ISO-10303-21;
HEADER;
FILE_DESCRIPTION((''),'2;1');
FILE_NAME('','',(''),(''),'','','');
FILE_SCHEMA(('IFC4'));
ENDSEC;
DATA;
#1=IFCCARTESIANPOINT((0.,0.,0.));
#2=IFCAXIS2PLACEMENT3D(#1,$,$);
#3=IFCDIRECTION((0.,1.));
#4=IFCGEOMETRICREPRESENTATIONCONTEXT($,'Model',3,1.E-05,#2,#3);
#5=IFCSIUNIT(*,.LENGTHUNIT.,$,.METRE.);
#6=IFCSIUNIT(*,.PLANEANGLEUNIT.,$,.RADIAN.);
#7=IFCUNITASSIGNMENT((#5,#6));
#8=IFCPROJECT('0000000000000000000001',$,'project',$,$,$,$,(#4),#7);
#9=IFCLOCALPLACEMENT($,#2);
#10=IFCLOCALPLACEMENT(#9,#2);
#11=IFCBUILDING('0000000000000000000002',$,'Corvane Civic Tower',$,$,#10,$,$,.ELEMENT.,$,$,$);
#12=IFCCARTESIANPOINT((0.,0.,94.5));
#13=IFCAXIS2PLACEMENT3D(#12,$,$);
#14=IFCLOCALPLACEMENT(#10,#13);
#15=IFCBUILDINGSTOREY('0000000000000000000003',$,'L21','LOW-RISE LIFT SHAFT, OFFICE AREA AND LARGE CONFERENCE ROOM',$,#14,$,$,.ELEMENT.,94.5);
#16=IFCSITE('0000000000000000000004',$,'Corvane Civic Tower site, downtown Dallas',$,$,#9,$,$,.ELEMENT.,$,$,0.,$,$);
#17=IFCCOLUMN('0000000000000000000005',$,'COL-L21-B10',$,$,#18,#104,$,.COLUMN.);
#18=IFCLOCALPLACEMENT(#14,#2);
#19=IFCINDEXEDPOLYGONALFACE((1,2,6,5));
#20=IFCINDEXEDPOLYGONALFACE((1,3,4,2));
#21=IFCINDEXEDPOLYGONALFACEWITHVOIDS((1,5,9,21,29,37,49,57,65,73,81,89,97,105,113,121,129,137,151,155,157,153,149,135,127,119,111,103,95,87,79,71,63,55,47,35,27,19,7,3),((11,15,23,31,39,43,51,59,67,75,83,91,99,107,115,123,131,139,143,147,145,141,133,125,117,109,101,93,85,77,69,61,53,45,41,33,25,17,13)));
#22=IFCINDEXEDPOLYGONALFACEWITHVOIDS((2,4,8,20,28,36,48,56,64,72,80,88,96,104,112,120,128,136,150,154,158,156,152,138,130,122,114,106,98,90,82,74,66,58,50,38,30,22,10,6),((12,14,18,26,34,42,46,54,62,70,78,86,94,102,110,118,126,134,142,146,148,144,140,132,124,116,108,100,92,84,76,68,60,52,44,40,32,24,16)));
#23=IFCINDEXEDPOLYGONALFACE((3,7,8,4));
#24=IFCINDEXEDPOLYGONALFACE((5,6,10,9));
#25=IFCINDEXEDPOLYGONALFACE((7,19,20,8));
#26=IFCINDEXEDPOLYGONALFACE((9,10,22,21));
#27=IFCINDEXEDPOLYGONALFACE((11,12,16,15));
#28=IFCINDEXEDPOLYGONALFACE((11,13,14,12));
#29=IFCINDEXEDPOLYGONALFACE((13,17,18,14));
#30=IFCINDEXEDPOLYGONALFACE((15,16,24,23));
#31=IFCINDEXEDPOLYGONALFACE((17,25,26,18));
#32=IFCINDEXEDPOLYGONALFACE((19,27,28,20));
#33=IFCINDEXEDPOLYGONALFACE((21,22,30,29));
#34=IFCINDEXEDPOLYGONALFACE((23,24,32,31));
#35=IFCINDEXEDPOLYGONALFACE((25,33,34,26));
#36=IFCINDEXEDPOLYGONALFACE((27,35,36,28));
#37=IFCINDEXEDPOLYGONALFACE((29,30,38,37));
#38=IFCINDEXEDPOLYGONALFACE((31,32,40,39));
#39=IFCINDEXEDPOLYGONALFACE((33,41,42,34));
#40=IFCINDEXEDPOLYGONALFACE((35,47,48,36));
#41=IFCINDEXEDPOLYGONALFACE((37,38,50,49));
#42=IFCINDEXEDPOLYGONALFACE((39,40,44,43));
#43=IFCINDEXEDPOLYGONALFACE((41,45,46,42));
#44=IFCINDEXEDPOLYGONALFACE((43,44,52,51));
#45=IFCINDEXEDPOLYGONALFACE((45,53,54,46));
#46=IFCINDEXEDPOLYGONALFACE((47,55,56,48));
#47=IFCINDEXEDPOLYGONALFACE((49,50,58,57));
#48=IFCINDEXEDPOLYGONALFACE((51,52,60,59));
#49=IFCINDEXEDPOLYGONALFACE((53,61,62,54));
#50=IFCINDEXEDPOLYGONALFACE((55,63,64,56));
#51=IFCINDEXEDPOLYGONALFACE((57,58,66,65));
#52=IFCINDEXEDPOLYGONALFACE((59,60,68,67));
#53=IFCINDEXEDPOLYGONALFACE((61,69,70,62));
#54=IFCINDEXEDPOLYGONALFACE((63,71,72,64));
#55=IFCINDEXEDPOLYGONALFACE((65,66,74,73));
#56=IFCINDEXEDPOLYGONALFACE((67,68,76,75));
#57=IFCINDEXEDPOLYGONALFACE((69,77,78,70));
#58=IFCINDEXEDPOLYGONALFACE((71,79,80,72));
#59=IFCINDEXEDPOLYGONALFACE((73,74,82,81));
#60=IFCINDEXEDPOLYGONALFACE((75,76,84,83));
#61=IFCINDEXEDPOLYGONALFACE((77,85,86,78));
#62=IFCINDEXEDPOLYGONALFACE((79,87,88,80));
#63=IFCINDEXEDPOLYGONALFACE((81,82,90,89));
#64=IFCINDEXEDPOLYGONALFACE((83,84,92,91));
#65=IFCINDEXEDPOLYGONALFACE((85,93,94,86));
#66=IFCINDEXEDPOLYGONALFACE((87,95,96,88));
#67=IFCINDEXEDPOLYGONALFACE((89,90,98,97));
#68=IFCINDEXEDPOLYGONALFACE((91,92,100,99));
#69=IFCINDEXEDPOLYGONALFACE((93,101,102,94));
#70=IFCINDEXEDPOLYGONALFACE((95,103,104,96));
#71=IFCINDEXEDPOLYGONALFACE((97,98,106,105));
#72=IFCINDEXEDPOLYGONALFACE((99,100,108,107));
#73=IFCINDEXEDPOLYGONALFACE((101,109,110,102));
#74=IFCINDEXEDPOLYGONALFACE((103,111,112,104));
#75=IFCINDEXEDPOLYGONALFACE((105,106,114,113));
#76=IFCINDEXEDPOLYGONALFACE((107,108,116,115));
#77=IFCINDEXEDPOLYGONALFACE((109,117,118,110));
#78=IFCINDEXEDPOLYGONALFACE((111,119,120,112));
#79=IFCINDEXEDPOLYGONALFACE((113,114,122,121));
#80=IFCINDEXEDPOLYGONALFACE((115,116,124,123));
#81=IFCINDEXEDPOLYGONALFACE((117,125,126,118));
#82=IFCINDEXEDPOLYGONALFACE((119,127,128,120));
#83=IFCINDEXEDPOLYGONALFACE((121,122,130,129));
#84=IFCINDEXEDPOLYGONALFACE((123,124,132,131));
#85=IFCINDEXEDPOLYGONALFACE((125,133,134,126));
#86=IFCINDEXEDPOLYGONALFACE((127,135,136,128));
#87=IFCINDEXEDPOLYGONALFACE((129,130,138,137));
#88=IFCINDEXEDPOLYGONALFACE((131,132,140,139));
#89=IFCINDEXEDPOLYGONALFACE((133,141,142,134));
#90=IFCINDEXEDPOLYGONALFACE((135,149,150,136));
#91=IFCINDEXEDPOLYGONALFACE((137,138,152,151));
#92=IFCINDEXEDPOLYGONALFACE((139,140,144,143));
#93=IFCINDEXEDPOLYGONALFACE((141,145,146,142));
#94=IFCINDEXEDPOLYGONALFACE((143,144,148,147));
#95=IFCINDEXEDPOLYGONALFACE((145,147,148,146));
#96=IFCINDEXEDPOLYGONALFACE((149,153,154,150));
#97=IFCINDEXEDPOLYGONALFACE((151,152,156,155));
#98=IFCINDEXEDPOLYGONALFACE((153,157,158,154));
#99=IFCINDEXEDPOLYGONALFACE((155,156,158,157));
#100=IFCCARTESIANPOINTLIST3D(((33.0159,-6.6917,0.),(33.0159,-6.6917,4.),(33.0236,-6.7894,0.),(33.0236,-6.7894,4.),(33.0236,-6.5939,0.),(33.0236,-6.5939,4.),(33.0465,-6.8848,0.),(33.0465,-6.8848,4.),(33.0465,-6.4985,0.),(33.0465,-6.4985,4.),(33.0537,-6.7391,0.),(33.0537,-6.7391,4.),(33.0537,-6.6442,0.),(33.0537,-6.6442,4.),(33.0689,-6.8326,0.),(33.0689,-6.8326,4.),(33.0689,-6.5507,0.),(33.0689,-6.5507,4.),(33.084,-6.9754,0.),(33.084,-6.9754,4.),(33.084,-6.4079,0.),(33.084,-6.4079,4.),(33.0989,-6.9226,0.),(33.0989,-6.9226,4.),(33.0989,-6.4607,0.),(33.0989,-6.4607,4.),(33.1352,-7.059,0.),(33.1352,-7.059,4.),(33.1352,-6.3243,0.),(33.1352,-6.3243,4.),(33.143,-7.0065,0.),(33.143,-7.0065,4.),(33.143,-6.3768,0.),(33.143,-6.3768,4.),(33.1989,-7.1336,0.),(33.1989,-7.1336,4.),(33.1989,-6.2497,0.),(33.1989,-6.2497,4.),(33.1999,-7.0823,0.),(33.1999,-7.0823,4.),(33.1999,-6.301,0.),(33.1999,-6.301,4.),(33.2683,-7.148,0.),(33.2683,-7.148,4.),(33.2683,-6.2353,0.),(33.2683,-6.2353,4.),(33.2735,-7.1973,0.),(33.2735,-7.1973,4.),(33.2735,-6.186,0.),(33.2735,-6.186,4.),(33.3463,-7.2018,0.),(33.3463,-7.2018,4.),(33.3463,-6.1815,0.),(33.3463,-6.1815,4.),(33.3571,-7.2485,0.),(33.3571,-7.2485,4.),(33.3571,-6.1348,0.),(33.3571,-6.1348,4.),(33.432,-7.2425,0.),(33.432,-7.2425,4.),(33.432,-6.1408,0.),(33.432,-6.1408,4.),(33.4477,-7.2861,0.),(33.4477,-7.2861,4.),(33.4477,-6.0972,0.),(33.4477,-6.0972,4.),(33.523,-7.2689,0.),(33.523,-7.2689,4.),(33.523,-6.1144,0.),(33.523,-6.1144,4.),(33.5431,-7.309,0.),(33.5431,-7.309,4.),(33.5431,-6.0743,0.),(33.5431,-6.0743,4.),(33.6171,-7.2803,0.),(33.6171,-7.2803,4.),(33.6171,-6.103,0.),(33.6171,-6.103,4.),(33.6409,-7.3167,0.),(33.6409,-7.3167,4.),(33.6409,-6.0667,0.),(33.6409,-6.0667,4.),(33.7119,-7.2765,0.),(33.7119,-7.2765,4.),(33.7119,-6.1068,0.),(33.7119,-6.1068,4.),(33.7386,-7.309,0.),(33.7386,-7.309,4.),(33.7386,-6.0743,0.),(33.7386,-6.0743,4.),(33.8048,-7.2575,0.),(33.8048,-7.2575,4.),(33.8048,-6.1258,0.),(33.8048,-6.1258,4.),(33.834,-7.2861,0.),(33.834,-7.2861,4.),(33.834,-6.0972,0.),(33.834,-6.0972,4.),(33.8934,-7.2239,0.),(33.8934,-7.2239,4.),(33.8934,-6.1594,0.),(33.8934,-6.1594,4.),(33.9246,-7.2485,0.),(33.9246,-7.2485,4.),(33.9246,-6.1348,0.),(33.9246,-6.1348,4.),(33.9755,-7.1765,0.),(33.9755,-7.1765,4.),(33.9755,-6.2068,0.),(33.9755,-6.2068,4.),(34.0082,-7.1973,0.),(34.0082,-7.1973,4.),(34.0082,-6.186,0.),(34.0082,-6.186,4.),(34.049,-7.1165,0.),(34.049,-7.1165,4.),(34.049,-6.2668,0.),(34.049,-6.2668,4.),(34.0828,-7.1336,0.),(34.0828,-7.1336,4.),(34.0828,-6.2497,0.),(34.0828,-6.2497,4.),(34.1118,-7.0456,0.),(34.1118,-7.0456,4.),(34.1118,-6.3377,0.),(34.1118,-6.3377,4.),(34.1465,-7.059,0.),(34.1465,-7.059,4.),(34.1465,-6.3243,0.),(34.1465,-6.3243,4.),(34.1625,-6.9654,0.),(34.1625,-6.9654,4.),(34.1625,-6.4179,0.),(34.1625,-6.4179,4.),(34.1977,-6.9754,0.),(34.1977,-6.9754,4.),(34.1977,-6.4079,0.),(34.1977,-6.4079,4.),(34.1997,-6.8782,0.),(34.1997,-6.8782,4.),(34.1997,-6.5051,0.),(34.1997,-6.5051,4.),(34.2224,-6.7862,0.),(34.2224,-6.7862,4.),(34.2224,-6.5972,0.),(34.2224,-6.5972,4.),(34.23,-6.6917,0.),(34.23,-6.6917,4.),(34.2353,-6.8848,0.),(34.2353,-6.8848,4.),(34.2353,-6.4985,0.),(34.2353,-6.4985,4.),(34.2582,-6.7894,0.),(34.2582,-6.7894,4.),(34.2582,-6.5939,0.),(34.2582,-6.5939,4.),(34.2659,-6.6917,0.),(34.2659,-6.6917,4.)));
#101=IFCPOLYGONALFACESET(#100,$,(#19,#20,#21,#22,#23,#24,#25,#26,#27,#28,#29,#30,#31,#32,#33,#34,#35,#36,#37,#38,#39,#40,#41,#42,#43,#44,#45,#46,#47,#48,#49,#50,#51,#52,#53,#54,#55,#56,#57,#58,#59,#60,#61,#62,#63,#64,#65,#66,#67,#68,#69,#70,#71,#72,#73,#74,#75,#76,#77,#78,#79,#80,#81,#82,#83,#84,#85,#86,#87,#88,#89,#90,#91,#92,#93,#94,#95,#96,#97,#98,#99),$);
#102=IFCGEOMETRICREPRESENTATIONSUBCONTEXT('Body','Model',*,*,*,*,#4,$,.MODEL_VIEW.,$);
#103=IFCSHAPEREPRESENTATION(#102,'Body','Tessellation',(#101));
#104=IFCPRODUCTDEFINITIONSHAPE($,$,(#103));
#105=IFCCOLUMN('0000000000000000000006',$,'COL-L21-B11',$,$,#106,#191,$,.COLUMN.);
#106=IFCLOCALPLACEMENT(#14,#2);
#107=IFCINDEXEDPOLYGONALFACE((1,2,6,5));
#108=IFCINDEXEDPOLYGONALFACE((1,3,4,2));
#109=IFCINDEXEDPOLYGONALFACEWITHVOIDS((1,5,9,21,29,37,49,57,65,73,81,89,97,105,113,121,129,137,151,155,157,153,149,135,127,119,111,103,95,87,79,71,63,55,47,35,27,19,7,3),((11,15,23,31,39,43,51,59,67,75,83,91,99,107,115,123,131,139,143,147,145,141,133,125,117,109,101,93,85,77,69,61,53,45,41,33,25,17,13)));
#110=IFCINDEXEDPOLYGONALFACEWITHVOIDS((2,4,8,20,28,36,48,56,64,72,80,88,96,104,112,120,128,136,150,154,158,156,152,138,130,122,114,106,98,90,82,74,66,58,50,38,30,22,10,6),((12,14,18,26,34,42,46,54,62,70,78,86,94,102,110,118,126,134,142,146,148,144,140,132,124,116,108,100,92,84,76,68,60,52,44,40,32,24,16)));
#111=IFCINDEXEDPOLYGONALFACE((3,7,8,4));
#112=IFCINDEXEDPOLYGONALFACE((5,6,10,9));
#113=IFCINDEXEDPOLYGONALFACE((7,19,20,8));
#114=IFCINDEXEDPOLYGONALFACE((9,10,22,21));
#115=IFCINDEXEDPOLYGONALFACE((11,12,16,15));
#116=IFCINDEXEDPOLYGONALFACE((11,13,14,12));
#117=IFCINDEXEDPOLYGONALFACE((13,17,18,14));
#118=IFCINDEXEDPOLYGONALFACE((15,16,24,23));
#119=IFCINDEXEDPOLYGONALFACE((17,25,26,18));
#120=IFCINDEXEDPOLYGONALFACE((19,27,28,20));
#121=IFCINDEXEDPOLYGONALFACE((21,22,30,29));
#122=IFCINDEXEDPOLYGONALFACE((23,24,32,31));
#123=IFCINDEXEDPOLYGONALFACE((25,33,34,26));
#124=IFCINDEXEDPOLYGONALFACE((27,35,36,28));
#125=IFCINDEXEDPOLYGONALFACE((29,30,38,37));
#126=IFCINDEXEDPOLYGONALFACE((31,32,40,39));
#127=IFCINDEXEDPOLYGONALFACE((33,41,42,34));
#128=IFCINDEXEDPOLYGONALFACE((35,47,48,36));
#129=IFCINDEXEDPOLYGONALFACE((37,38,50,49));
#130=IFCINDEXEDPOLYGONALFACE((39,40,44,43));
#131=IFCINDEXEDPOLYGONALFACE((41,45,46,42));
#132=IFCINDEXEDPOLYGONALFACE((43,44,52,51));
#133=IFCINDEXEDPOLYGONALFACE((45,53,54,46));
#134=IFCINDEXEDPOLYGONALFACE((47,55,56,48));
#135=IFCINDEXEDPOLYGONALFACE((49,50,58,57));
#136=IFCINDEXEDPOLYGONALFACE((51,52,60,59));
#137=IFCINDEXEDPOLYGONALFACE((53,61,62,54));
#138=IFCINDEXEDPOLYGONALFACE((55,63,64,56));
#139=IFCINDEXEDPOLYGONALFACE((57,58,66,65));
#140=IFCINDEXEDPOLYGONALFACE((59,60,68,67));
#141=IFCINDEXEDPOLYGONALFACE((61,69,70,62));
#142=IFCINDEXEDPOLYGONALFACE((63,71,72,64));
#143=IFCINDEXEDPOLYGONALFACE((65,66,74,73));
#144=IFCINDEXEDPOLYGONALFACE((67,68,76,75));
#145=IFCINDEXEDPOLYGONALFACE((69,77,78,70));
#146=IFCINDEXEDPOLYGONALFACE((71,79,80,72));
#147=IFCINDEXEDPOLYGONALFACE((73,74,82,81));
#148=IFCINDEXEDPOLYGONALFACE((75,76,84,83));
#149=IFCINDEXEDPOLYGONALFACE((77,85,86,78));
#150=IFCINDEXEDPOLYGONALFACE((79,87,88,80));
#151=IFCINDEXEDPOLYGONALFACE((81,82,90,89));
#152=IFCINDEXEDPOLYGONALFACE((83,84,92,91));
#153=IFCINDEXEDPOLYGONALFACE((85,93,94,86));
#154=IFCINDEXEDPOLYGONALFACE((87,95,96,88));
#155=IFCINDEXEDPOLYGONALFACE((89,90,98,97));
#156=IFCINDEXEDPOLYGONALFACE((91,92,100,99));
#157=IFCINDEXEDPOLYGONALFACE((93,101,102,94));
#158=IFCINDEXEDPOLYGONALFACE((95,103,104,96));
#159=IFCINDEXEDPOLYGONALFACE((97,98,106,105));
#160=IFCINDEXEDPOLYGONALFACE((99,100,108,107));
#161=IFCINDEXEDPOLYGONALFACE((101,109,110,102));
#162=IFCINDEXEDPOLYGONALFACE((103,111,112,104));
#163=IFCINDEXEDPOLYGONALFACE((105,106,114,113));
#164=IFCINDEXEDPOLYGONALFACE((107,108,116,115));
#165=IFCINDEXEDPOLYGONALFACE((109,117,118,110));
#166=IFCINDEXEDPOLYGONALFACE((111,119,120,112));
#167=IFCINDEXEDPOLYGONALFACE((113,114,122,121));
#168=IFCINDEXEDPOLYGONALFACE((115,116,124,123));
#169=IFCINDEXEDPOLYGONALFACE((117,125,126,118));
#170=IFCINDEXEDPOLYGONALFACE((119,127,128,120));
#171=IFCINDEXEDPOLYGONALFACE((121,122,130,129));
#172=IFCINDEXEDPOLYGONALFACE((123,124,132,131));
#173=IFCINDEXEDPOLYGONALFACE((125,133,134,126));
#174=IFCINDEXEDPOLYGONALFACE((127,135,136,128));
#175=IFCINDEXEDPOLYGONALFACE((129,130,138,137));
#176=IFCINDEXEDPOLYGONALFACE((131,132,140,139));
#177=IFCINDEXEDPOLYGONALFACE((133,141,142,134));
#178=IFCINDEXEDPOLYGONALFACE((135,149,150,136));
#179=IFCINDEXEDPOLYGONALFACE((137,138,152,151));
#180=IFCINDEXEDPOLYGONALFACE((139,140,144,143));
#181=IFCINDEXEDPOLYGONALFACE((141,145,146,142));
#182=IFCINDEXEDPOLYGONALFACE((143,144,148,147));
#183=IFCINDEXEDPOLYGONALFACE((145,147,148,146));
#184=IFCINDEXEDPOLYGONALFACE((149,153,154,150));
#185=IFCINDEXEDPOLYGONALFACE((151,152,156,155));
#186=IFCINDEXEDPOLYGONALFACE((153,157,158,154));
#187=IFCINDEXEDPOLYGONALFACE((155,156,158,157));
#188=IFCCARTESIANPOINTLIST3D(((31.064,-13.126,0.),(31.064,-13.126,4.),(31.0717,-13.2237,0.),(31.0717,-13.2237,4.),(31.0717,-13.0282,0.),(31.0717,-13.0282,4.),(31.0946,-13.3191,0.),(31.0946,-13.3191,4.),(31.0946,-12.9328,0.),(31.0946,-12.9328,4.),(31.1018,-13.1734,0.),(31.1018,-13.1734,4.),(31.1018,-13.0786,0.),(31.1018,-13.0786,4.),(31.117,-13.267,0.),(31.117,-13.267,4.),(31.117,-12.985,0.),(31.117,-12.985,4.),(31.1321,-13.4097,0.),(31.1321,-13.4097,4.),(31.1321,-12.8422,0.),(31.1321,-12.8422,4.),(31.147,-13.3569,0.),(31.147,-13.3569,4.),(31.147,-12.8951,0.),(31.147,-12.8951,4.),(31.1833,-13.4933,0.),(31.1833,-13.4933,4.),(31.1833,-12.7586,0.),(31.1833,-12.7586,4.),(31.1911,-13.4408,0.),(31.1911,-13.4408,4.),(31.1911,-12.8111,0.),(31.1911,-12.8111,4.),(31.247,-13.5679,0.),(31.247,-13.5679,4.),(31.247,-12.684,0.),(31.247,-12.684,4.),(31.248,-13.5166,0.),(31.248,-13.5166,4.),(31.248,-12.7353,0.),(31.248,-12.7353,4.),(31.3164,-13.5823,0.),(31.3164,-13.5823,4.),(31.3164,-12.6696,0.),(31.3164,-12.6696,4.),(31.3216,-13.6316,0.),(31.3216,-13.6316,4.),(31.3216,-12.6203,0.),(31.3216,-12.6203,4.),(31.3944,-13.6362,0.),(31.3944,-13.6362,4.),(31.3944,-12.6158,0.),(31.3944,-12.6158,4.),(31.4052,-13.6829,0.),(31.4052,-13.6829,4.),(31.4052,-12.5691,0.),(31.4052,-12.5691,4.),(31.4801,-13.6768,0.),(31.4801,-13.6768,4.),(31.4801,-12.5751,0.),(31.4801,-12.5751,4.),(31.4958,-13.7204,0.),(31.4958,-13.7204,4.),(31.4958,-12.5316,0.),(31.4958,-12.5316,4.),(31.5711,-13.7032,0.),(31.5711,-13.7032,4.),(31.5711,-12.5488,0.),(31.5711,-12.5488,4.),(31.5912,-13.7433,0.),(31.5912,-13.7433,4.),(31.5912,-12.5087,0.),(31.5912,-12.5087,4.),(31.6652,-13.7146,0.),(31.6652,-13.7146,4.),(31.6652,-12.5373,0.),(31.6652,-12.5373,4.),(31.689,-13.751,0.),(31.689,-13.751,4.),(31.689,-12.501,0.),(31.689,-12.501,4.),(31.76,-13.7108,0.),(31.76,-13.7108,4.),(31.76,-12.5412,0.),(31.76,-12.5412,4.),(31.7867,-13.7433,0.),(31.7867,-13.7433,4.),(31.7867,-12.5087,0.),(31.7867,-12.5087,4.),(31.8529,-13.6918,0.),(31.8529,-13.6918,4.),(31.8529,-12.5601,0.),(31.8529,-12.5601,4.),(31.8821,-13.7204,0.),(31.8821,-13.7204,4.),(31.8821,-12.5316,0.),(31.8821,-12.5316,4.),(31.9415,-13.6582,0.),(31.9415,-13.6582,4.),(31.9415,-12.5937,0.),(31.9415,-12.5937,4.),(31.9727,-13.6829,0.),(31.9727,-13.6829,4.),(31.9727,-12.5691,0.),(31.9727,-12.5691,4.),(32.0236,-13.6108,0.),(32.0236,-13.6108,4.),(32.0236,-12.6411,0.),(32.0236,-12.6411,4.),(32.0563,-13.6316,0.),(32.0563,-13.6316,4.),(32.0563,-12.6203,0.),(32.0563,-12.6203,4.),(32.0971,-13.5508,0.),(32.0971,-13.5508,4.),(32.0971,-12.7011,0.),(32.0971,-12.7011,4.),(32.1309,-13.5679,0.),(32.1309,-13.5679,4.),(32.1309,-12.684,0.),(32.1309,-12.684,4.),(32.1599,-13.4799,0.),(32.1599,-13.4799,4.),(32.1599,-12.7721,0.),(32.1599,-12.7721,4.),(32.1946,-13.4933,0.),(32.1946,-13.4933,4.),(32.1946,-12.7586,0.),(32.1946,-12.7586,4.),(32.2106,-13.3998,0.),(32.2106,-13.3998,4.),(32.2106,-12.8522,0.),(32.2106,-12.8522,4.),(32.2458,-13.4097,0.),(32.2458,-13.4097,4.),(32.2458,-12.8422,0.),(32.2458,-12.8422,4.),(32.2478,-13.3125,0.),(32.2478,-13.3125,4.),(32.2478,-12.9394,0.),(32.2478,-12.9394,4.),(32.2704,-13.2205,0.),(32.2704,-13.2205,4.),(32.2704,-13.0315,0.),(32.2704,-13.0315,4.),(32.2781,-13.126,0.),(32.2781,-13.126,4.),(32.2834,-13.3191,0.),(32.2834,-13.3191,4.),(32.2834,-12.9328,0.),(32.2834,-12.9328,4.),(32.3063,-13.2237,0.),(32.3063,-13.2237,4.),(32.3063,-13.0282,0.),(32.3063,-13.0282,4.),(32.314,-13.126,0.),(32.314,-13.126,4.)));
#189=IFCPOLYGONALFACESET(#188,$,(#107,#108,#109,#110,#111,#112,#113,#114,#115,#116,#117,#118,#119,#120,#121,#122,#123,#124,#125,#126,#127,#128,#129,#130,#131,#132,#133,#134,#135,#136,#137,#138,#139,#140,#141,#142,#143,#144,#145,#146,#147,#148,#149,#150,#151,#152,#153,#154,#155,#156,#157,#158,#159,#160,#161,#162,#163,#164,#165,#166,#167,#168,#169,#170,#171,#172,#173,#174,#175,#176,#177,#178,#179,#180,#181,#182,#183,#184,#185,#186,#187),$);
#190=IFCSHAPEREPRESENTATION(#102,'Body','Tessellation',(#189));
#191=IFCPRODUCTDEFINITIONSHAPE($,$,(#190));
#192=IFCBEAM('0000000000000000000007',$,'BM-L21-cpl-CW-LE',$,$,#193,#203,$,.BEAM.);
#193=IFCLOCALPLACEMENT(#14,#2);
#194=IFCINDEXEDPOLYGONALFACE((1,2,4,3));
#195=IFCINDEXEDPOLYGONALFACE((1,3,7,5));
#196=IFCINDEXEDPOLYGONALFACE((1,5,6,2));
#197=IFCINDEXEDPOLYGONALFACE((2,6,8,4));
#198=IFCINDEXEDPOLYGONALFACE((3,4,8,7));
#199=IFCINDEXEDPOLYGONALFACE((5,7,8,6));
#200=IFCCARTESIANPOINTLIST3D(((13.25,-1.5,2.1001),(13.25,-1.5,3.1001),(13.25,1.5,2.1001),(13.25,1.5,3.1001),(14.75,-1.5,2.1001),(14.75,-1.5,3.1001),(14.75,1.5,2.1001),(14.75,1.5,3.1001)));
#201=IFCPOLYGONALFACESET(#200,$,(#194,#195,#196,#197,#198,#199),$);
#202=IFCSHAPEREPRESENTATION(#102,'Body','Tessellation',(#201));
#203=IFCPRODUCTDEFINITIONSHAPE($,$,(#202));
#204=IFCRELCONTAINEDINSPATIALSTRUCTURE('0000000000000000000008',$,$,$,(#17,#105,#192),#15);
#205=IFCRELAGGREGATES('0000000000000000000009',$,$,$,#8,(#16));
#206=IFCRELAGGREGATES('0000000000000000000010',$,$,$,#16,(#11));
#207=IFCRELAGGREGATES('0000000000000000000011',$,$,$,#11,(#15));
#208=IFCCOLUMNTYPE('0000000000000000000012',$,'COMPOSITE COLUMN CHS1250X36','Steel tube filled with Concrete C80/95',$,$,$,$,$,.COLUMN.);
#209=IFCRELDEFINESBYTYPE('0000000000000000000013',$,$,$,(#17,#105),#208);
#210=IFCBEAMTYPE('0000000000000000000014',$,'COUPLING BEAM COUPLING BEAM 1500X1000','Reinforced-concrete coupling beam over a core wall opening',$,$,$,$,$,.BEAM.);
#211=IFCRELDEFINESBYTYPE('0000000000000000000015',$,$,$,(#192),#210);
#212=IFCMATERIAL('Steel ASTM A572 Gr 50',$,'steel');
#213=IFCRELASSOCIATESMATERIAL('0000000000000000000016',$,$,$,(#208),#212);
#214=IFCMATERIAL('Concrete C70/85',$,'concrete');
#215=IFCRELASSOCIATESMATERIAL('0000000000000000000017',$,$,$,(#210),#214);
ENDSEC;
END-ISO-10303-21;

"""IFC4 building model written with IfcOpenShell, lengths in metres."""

from ifc_helpers import new_model, si_unit, direction, frame, origin, origin_2d, place, context, subcontext, project, spatial, rectangle, hollow_circle, extrude, material, material_profile, profile_set, type_object, element, save


model = new_model("IFC4")

# Units and contexts
model_context = context("Model", 3, precision=1e-05, world=origin(), true_north=direction((0.0, 1.0)))
body_context = subcontext(model_context, "Body", "Model", "MODEL_VIEW")
ifc_project = project(units=[si_unit("LENGTHUNIT", "METRE"), si_unit("PLANEANGLEUNIT", "RADIAN")], contexts=[model_context])

# Site, building, storey
site_placement = place(None, origin())
site = spatial("IfcSite", under=ifc_project, at=site_placement, Name="Corvane Civic Tower site, downtown Dallas", CompositionType="ELEMENT", RefElevation=0.0)
building_placement = place(site_placement, origin())
building = spatial("IfcBuilding", under=site, at=building_placement, Name="Corvane Civic Tower", CompositionType="ELEMENT")
storey_placement = place(building_placement, frame((0.0, 0.0, 94.5)))
storey = spatial("IfcBuildingStorey", under=building, at=storey_placement, Name="L21", Description="LOW-RISE LIFT SHAFT, OFFICE AREA AND LARGE CONFERENCE ROOM", CompositionType="ELEMENT", Elevation=94.5)

# Columns
ifc_material_1 = material(Name="Steel ASTM A572 Gr 50", Category="steel")
ifc_material_profile_1 = material_profile(ifc_material_1, hollow_circle(Radius=0.625, WallThickness=0.0359, at=origin_2d()), Name="CHS1250X36")
ifc_profile_set_1 = profile_set([ifc_material_profile_1], Name="Steel ASTM A572 Gr 50")
column_type = type_object("IfcColumnType", Name="COMPOSITE COLUMN CHS1250X36", Description="Steel tube filled with Concrete C80/95", PredefinedType="COLUMN", material=ifc_profile_set_1)
for number, where, z_axis, x_axis, name in (
    (1, (33.6409, -6.6917, 0.0), (0.0, 0.0, 1.0), (1.0, 0.0, 0.0), "COL-L21-B10"),
    (2, (31.689, -13.126, 0.0), (0.0, 0.0, 1.0), (1.0, 0.0, 0.0), "COL-L21-B11"),
):
    element("IfcColumn", number, at=place(storey_placement, frame(where, z_axis=z_axis, x_axis=x_axis)), inside=storey, type_object=column_type, Name=name, PredefinedType="COLUMN", context=body_context, shape_type="SweptSolid", body=[
        extrude(hollow_circle(Radius=0.625, WallThickness=0.0359, at=origin_2d()), origin(), (0.0, 0.0, 1.0), 4.0),
    ])

# Beam
ifc_material_2 = material(Name="Concrete C70/85", Category="concrete")
ifc_material_profile_2 = material_profile(ifc_material_2, rectangle(XDim=1.5, YDim=1.0, at=origin_2d()), Name="COUPLING BEAM 1500X1000")
ifc_profile_set_2 = profile_set([ifc_material_profile_2], Name="Concrete C70/85")
beam_type_1 = type_object("IfcBeamType", Name="COUPLING BEAM COUPLING BEAM 1500X1000", Description="Reinforced-concrete coupling beam over a core wall opening", PredefinedType="BEAM", material=ifc_profile_set_2)
beam_1_placement = place(storey_placement, frame((14.0, -1.5, 2.6001), z_axis=(0.0, 1.0, 0.0), x_axis=(-1.0, 0.0, 0.0)))
element("IfcBeam", 3, at=beam_1_placement, inside=storey, type_object=beam_type_1, Name="BM-L21-cpl-CW-LE", PredefinedType="BEAM", context=body_context, shape_type="SweptSolid", body=[
    extrude(rectangle(XDim=1.5, YDim=1.0, at=origin_2d()), origin(), (0.0, 0.0, 1.0), 3.0),
])

save(model, "model.ifc")
